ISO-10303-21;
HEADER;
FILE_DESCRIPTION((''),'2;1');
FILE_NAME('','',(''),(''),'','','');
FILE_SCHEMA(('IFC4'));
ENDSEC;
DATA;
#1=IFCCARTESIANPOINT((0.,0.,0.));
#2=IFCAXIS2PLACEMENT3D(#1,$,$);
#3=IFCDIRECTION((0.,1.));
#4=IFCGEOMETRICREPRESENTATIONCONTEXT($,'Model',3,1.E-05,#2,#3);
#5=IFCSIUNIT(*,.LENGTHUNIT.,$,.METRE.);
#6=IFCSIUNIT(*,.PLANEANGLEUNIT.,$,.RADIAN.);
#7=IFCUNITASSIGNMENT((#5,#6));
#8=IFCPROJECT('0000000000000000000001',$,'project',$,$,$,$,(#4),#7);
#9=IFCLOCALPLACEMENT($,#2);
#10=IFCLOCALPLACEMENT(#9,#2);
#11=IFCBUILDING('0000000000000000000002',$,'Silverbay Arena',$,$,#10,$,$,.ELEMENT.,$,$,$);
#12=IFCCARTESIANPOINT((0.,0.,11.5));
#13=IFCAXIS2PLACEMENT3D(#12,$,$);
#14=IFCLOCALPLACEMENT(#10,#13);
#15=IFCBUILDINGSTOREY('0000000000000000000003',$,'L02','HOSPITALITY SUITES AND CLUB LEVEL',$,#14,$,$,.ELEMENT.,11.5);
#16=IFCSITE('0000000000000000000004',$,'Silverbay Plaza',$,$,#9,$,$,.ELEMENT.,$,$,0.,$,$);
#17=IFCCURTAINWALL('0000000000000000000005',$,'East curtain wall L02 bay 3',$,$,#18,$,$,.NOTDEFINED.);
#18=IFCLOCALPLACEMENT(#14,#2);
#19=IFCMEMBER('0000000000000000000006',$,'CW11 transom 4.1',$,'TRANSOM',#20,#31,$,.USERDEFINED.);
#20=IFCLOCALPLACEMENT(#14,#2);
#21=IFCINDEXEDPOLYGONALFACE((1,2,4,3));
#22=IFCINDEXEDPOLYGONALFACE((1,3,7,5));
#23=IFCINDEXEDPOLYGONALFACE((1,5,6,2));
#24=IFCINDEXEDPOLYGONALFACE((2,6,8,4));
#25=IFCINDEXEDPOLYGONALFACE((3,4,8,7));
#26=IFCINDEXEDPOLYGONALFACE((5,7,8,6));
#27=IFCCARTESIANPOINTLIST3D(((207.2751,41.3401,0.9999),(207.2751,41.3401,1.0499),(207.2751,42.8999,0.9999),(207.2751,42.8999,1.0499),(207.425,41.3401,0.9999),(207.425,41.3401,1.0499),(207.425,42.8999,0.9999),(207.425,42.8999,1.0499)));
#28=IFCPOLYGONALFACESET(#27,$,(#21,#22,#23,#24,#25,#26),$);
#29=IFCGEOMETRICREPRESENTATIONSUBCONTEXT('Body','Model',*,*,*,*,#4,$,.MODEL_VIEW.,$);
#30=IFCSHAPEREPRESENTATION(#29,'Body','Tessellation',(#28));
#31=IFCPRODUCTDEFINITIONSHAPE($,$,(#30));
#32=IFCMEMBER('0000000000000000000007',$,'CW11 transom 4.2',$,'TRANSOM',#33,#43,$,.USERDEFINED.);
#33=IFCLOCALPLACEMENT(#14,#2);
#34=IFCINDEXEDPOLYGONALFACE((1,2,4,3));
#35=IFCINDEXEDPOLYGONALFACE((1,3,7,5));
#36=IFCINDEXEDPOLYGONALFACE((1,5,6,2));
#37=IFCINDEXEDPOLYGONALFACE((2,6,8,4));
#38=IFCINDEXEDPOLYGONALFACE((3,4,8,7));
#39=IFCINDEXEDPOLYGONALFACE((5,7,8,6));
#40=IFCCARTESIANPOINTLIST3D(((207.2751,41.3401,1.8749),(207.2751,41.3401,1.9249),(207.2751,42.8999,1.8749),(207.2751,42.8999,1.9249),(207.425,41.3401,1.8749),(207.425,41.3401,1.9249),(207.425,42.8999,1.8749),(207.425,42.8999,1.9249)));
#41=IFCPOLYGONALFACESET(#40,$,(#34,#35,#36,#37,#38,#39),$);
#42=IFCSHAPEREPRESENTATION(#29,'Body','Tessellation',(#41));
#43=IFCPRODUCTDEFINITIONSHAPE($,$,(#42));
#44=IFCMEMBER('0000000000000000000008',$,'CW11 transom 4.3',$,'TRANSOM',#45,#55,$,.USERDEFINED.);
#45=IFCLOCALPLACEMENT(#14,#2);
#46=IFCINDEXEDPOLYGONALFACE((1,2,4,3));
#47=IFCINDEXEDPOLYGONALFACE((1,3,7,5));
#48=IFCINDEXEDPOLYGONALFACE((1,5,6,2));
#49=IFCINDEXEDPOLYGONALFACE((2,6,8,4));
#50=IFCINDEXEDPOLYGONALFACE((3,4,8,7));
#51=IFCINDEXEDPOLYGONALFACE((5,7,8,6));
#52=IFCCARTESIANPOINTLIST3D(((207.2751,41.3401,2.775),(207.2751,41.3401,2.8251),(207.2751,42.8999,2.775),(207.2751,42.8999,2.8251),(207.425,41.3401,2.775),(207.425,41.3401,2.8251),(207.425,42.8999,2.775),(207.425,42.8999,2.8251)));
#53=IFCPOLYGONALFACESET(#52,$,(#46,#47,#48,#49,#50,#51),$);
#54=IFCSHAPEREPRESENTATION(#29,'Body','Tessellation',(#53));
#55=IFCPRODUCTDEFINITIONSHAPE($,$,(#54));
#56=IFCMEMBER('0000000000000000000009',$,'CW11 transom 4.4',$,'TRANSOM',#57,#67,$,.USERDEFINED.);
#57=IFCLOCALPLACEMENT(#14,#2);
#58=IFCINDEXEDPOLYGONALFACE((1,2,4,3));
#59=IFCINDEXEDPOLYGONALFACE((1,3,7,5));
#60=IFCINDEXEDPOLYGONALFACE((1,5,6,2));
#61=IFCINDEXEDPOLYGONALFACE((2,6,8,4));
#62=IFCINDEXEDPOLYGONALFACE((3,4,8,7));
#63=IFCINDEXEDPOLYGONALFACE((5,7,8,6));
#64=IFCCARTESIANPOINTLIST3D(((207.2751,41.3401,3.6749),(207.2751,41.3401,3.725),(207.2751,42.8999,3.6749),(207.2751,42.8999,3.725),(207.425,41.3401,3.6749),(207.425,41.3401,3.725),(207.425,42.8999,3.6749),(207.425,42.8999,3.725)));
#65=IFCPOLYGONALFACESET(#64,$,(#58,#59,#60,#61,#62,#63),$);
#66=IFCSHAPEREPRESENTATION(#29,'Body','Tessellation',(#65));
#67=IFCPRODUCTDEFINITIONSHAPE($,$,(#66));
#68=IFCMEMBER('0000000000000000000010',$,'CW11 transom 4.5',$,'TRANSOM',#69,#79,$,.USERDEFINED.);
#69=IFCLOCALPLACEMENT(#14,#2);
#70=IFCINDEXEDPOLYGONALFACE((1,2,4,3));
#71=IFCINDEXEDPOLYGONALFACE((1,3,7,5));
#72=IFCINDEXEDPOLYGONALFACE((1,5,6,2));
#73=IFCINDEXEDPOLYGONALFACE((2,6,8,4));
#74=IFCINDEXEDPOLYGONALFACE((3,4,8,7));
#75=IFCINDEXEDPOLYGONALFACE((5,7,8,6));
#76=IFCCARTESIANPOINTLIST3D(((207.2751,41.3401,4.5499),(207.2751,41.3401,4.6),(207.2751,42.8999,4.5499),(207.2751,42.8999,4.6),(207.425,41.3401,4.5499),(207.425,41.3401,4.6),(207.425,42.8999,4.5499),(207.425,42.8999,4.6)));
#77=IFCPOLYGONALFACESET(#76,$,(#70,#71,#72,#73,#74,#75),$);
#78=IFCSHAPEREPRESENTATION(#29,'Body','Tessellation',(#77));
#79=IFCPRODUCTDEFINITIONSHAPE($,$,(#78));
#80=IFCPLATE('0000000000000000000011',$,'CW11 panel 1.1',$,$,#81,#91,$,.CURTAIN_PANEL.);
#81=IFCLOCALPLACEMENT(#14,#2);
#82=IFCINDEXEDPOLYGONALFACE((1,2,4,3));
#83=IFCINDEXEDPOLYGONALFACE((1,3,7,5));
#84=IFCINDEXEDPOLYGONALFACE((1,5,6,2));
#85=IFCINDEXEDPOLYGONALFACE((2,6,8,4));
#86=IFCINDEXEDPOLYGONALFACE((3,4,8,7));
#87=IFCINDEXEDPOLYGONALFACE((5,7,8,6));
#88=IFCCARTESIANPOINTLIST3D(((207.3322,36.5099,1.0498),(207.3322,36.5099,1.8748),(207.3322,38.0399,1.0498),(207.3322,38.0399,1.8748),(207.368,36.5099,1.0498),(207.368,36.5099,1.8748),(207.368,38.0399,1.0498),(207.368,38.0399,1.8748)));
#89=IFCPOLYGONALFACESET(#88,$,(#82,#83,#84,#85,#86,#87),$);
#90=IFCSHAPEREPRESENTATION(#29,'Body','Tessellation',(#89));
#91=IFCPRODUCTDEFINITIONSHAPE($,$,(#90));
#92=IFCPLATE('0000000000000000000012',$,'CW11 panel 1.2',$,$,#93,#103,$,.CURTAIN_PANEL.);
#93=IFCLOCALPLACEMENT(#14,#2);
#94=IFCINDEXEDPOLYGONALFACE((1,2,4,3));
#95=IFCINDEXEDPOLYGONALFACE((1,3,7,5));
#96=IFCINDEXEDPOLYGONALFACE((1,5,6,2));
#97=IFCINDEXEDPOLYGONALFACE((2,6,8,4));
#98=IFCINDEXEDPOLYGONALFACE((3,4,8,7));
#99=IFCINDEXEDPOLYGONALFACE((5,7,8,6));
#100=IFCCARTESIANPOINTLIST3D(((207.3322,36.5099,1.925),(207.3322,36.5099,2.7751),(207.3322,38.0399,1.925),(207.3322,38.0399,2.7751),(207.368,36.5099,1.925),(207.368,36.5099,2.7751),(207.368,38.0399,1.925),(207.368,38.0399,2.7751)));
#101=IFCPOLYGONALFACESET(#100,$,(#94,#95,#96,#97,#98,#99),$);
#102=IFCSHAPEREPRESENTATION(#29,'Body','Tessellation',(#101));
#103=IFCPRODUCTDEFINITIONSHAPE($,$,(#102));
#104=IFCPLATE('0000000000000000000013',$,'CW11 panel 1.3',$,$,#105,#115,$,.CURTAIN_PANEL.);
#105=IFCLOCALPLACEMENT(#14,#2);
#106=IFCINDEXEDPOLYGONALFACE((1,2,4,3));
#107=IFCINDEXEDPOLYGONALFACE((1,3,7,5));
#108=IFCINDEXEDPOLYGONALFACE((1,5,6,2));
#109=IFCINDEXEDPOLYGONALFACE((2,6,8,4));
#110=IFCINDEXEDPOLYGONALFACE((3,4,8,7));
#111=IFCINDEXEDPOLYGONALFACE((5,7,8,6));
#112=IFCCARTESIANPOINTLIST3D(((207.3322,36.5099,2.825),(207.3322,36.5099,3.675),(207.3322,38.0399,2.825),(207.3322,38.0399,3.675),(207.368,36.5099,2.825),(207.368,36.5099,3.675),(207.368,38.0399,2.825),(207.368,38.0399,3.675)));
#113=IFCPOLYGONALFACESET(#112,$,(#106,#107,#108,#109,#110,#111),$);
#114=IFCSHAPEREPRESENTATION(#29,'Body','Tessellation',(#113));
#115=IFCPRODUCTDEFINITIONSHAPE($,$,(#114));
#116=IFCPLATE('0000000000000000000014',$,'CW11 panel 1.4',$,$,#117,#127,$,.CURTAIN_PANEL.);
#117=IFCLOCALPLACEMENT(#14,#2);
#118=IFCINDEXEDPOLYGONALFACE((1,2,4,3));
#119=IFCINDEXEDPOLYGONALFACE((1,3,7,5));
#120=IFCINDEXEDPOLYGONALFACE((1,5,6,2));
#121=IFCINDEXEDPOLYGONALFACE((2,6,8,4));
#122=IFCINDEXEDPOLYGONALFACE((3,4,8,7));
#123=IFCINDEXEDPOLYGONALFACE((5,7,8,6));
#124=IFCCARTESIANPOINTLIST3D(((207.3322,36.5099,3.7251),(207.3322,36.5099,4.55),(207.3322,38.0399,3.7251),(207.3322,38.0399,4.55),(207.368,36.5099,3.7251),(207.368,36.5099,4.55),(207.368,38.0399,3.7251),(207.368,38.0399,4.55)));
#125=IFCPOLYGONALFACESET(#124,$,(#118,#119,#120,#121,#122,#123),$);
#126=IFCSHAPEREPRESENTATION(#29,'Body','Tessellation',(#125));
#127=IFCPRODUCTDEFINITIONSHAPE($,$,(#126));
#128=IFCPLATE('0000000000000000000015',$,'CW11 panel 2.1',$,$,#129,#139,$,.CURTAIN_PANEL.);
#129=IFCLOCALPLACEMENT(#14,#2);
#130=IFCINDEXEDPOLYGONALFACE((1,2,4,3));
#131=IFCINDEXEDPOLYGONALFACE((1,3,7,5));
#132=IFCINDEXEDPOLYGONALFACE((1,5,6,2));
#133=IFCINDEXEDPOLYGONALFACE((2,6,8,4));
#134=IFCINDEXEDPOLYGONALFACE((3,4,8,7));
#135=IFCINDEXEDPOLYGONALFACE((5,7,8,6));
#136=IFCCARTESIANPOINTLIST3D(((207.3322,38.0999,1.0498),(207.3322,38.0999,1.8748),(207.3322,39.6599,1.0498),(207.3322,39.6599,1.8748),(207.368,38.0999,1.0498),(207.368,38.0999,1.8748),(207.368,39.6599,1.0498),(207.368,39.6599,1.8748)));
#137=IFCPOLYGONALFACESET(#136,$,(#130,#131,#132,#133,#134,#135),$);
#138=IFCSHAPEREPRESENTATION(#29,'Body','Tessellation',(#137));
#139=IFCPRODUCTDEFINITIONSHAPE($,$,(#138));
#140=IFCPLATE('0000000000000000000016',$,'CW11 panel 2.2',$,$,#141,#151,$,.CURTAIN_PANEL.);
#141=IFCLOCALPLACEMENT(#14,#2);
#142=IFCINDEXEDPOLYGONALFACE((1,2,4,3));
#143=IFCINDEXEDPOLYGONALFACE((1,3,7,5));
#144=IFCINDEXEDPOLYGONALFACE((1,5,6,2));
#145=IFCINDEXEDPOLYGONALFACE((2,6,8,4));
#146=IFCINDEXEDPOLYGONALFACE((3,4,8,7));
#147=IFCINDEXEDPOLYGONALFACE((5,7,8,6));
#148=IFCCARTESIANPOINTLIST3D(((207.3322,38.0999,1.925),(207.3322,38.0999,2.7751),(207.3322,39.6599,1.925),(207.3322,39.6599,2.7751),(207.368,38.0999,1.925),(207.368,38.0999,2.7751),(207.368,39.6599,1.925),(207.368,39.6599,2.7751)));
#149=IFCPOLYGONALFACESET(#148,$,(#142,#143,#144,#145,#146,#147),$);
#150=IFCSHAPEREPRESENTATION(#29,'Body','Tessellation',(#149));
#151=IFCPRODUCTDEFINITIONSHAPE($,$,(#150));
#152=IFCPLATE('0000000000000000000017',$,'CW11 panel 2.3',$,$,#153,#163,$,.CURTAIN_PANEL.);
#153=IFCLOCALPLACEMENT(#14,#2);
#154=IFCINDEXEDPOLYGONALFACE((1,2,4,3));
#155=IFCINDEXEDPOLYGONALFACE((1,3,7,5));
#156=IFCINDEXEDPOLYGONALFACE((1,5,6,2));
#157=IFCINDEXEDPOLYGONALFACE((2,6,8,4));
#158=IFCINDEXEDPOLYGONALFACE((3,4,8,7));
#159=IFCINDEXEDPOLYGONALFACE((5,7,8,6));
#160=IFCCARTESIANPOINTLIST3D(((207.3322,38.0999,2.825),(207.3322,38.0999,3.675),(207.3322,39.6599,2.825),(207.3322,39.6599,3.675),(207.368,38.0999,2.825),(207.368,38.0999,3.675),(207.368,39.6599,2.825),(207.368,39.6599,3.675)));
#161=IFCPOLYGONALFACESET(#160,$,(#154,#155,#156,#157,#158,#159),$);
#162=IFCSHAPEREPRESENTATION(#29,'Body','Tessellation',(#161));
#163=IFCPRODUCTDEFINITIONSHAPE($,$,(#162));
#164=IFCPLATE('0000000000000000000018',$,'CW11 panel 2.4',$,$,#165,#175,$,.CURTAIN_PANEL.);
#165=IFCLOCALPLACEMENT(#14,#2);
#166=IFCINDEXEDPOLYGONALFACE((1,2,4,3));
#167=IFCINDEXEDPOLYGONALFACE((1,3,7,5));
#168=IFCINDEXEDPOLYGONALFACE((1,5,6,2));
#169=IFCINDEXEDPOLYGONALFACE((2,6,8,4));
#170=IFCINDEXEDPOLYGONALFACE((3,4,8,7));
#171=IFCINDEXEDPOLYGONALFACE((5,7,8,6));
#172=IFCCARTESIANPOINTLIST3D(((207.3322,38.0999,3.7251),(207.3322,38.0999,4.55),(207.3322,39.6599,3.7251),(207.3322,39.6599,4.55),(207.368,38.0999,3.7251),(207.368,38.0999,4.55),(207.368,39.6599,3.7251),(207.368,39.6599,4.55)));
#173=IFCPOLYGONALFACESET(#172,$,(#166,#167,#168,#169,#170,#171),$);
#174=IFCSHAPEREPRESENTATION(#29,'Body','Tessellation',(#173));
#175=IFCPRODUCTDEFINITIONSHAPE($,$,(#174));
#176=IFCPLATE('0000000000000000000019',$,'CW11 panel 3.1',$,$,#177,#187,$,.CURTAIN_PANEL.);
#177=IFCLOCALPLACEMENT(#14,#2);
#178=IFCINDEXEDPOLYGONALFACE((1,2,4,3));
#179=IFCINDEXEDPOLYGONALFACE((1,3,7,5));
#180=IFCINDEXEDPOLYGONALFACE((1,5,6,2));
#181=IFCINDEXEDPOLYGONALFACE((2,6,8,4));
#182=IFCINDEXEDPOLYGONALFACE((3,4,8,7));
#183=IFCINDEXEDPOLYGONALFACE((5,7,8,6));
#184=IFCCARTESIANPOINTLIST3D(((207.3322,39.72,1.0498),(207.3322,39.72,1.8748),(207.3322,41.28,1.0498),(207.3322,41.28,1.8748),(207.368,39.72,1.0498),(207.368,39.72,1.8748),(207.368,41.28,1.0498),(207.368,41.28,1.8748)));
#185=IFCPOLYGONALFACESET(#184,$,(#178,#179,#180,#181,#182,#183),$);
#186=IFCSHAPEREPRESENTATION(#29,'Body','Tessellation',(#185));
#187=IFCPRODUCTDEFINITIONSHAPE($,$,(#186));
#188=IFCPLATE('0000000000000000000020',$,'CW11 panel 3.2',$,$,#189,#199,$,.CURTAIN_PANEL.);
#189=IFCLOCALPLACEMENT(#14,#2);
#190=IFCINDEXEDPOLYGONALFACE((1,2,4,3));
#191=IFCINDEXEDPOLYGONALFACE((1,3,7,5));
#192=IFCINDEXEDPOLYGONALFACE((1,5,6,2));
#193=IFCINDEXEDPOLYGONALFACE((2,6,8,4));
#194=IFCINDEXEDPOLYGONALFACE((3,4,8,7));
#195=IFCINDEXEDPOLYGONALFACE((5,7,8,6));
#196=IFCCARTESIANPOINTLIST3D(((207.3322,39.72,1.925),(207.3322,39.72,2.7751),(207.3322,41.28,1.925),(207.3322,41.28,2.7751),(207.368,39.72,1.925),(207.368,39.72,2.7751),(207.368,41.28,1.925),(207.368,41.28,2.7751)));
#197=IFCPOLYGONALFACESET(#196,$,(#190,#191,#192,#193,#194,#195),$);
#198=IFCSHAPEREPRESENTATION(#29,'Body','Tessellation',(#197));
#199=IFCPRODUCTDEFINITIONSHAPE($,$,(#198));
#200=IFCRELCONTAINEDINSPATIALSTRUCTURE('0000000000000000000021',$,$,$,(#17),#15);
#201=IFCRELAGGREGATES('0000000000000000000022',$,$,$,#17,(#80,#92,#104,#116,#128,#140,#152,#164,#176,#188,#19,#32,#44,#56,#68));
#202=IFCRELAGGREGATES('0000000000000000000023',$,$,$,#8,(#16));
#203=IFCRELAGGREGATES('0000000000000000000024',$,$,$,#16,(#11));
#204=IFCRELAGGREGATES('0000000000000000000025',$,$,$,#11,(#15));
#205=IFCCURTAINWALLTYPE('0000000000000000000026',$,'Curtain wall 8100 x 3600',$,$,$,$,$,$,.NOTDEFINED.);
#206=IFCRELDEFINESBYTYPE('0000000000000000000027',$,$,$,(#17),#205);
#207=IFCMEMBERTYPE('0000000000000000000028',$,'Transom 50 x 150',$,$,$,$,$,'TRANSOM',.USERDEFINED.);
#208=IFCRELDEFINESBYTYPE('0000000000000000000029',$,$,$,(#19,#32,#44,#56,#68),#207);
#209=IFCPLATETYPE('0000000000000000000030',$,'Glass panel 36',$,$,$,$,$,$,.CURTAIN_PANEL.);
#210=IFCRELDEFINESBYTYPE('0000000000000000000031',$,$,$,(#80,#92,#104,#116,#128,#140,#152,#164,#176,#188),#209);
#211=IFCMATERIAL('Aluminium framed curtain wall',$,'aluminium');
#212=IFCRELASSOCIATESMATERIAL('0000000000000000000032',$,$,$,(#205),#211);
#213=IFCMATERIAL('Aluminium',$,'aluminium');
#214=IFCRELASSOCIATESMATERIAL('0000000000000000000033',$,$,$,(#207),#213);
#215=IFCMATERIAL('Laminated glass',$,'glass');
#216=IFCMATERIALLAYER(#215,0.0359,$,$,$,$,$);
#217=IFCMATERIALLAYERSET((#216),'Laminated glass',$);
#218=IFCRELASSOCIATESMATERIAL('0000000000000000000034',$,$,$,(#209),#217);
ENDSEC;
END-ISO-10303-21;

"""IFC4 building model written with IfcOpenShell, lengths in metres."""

from ifc_helpers import new_model, si_unit, direction, frame, origin, origin_2d, place, context, subcontext, project, spatial, rectangle, extrude, material, layer, layer_set, material_profile, profile_set, type_object, element, aggregate, save


model = new_model("IFC4")

# Units and contexts
model_context = context("Model", 3, precision=1e-05, world=origin(), true_north=direction((0.0, 1.0)))
body_context = subcontext(model_context, "Body", "Model", "MODEL_VIEW")
ifc_project = project(units=[si_unit("LENGTHUNIT", "METRE"), si_unit("PLANEANGLEUNIT", "RADIAN")], contexts=[model_context])

# Site, building, storey
site_placement = place(None, origin())
site = spatial("IfcSite", under=ifc_project, at=site_placement, Name="Silverbay Plaza", CompositionType="ELEMENT", RefElevation=0.0)
building_placement = place(site_placement, origin())
building = spatial("IfcBuilding", under=site, at=building_placement, Name="Silverbay Arena", CompositionType="ELEMENT")
storey_placement = place(building_placement, frame((0.0, 0.0, 11.5)))
storey = spatial("IfcBuildingStorey", under=building, at=storey_placement, Name="L02", Description="HOSPITALITY SUITES AND CLUB LEVEL", CompositionType="ELEMENT", Elevation=11.5)

# Curtain wall, members, plates
ifc_material_1 = material(Name="Aluminium framed curtain wall", Category="aluminium")
curtain_wall_type = type_object("IfcCurtainWallType", Name="Curtain wall 8100 x 3600", PredefinedType="NOTDEFINED", material=ifc_material_1)
curtain_wall_placement = place(storey_placement, origin())
curtain_wall = element("IfcCurtainWall", 1, at=curtain_wall_placement, inside=storey, type_object=curtain_wall_type, Name="East curtain wall L02 bay 3", PredefinedType="NOTDEFINED")
ifc_material_2 = material(Name="Aluminium", Category="aluminium")
ifc_material_profile_1 = material_profile(ifc_material_2, rectangle(XDim=0.1499, YDim=0.05, at=origin_2d()), Name="Transom 50 x 150")
ifc_profile_set_1 = profile_set([ifc_material_profile_1], Name="Aluminium")
member_type_1 = type_object("IfcMemberType", Name="Transom 50 x 150", ElementType="TRANSOM", PredefinedType="USERDEFINED", material=ifc_profile_set_1)
member_1_placement = place(storey_placement, frame((207.3501, 41.3401, 1.0249), z_axis=(0.0, 1.0, 0.0), x_axis=(-1.0, 0.0, 0.0)))
member_1 = element("IfcMember", 2, at=member_1_placement, type_object=member_type_1, Name="CW11 transom 4.1", ObjectType="TRANSOM", PredefinedType="USERDEFINED", context=body_context, shape_type="SweptSolid", body=[
    extrude(rectangle(XDim=0.1499, YDim=0.05, at=origin_2d()), origin(), (0.0, 0.0, 1.0), 1.5598),
])
member_2_placement = place(storey_placement, frame((207.3501, 41.3401, 1.8999), z_axis=(0.0, 1.0, 0.0), x_axis=(-1.0, 0.0, 0.0)))
member_2 = element("IfcMember", 3, at=member_2_placement, type_object=member_type_1, Name="CW11 transom 4.2", ObjectType="TRANSOM", PredefinedType="USERDEFINED", context=body_context, shape_type="SweptSolid", body=[
    extrude(rectangle(XDim=0.1499, YDim=0.05, at=origin_2d()), origin(), (0.0, 0.0, 1.0), 1.5598),
])
member_3_placement = place(storey_placement, frame((207.3501, 41.3401, 2.8), z_axis=(0.0, 1.0, 0.0), x_axis=(-1.0, 0.0, 0.0)))
member_3 = element("IfcMember", 4, at=member_3_placement, type_object=member_type_1, Name="CW11 transom 4.3", ObjectType="TRANSOM", PredefinedType="USERDEFINED", context=body_context, shape_type="SweptSolid", body=[
    extrude(rectangle(XDim=0.1499, YDim=0.05, at=origin_2d()), origin(), (0.0, 0.0, 1.0), 1.5598),
])
member_4_placement = place(storey_placement, frame((207.3501, 41.3401, 3.7), z_axis=(0.0, 1.0, 0.0), x_axis=(-1.0, 0.0, 0.0)))
member_4 = element("IfcMember", 5, at=member_4_placement, type_object=member_type_1, Name="CW11 transom 4.4", ObjectType="TRANSOM", PredefinedType="USERDEFINED", context=body_context, shape_type="SweptSolid", body=[
    extrude(rectangle(XDim=0.1499, YDim=0.05, at=origin_2d()), origin(), (0.0, 0.0, 1.0), 1.5598),
])
member_5_placement = place(storey_placement, frame((207.3501, 41.3401, 4.575), z_axis=(0.0, 1.0, 0.0), x_axis=(-1.0, 0.0, 0.0)))
member_5 = element("IfcMember", 6, at=member_5_placement, type_object=member_type_1, Name="CW11 transom 4.5", ObjectType="TRANSOM", PredefinedType="USERDEFINED", context=body_context, shape_type="SweptSolid", body=[
    extrude(rectangle(XDim=0.1499, YDim=0.05, at=origin_2d()), origin(), (0.0, 0.0, 1.0), 1.5598),
])
ifc_material_3 = material(Name="Laminated glass", Category="glass")
ifc_layer = layer(ifc_material_3, 0.0359)
ifc_layer_set = layer_set([ifc_layer], Name="Laminated glass")
plate_type = type_object("IfcPlateType", Name="Glass panel 36", PredefinedType="CURTAIN_PANEL", material=ifc_layer_set)
plate_1_placement = place(storey_placement, frame((207.3501, 37.2749, 1.0498), z_axis=(0.0, 0.0, 1.0), x_axis=(0.0, 1.0, 0.0)))
plate_1 = element("IfcPlate", 7, at=plate_1_placement, type_object=plate_type, Name="CW11 panel 1.1", PredefinedType="CURTAIN_PANEL", context=body_context, shape_type="SweptSolid", body=[
    extrude(rectangle(XDim=1.53, YDim=0.0359, at=origin_2d()), origin(), (0.0, 0.0, 1.0), 0.825),
])
plate_2_placement = place(storey_placement, frame((207.3501, 37.2749, 1.925), z_axis=(0.0, 0.0, 1.0), x_axis=(0.0, 1.0, 0.0)))
plate_2 = element("IfcPlate", 8, at=plate_2_placement, type_object=plate_type, Name="CW11 panel 1.2", PredefinedType="CURTAIN_PANEL", context=body_context, shape_type="SweptSolid", body=[
    extrude(rectangle(XDim=1.53, YDim=0.0359, at=origin_2d()), origin(), (0.0, 0.0, 1.0), 0.8501),
])
plate_3_placement = place(storey_placement, frame((207.3501, 37.2749, 2.825), z_axis=(0.0, 0.0, 1.0), x_axis=(0.0, 1.0, 0.0)))
plate_3 = element("IfcPlate", 9, at=plate_3_placement, type_object=plate_type, Name="CW11 panel 1.3", PredefinedType="CURTAIN_PANEL", context=body_context, shape_type="SweptSolid", body=[
    extrude(rectangle(XDim=1.53, YDim=0.0359, at=origin_2d()), origin(), (0.0, 0.0, 1.0), 0.8501),
])
plate_4_placement = place(storey_placement, frame((207.3501, 37.2749, 3.7251), z_axis=(0.0, 0.0, 1.0), x_axis=(0.0, 1.0, 0.0)))
plate_4 = element("IfcPlate", 10, at=plate_4_placement, type_object=plate_type, Name="CW11 panel 1.4", PredefinedType="CURTAIN_PANEL", context=body_context, shape_type="SweptSolid", body=[
    extrude(rectangle(XDim=1.53, YDim=0.0359, at=origin_2d()), origin(), (0.0, 0.0, 1.0), 0.825),
])
plate_5_placement = place(storey_placement, frame((207.3501, 38.8799, 1.0498), z_axis=(0.0, 0.0, 1.0), x_axis=(0.0, 1.0, 0.0)))
plate_5 = element("IfcPlate", 11, at=plate_5_placement, type_object=plate_type, Name="CW11 panel 2.1", PredefinedType="CURTAIN_PANEL", context=body_context, shape_type="SweptSolid", body=[
    extrude(rectangle(XDim=1.5601, YDim=0.0359, at=origin_2d()), origin(), (0.0, 0.0, 1.0), 0.825),
])
plate_6_placement = place(storey_placement, frame((207.3501, 38.8799, 1.925), z_axis=(0.0, 0.0, 1.0), x_axis=(0.0, 1.0, 0.0)))
plate_6 = element("IfcPlate", 12, at=plate_6_placement, type_object=plate_type, Name="CW11 panel 2.2", PredefinedType="CURTAIN_PANEL", context=body_context, shape_type="SweptSolid", body=[
    extrude(rectangle(XDim=1.5601, YDim=0.0359, at=origin_2d()), origin(), (0.0, 0.0, 1.0), 0.8501),
])
plate_7_placement = place(storey_placement, frame((207.3501, 38.8799, 2.825), z_axis=(0.0, 0.0, 1.0), x_axis=(0.0, 1.0, 0.0)))
plate_7 = element("IfcPlate", 13, at=plate_7_placement, type_object=plate_type, Name="CW11 panel 2.3", PredefinedType="CURTAIN_PANEL", context=body_context, shape_type="SweptSolid", body=[
    extrude(rectangle(XDim=1.5601, YDim=0.0359, at=origin_2d()), origin(), (0.0, 0.0, 1.0), 0.8501),
])
plate_8_placement = place(storey_placement, frame((207.3501, 38.8799, 3.7251), z_axis=(0.0, 0.0, 1.0), x_axis=(0.0, 1.0, 0.0)))
plate_8 = element("IfcPlate", 14, at=plate_8_placement, type_object=plate_type, Name="CW11 panel 2.4", PredefinedType="CURTAIN_PANEL", context=body_context, shape_type="SweptSolid", body=[
    extrude(rectangle(XDim=1.5601, YDim=0.0359, at=origin_2d()), origin(), (0.0, 0.0, 1.0), 0.825),
])
plate_9_placement = place(storey_placement, frame((207.3501, 40.5, 1.0498), z_axis=(0.0, 0.0, 1.0), x_axis=(0.0, 1.0, 0.0)))
plate_9 = element("IfcPlate", 15, at=plate_9_placement, type_object=plate_type, Name="CW11 panel 3.1", PredefinedType="CURTAIN_PANEL", context=body_context, shape_type="SweptSolid", body=[
    extrude(rectangle(XDim=1.5601, YDim=0.0359, at=origin_2d()), origin(), (0.0, 0.0, 1.0), 0.825),
])
plate_10_placement = place(storey_placement, frame((207.3501, 40.5, 1.925), z_axis=(0.0, 0.0, 1.0), x_axis=(0.0, 1.0, 0.0)))
plate_10 = element("IfcPlate", 16, at=plate_10_placement, type_object=plate_type, Name="CW11 panel 3.2", PredefinedType="CURTAIN_PANEL", context=body_context, shape_type="SweptSolid", body=[
    extrude(rectangle(XDim=1.5601, YDim=0.0359, at=origin_2d()), origin(), (0.0, 0.0, 1.0), 0.8501),
])
aggregate(curtain_wall, [plate_1, plate_2, plate_3, plate_4, plate_5, plate_6, plate_7, plate_8, plate_9, plate_10, member_1, member_2, member_3, member_4, member_5])

save(model, "model.ifc")
